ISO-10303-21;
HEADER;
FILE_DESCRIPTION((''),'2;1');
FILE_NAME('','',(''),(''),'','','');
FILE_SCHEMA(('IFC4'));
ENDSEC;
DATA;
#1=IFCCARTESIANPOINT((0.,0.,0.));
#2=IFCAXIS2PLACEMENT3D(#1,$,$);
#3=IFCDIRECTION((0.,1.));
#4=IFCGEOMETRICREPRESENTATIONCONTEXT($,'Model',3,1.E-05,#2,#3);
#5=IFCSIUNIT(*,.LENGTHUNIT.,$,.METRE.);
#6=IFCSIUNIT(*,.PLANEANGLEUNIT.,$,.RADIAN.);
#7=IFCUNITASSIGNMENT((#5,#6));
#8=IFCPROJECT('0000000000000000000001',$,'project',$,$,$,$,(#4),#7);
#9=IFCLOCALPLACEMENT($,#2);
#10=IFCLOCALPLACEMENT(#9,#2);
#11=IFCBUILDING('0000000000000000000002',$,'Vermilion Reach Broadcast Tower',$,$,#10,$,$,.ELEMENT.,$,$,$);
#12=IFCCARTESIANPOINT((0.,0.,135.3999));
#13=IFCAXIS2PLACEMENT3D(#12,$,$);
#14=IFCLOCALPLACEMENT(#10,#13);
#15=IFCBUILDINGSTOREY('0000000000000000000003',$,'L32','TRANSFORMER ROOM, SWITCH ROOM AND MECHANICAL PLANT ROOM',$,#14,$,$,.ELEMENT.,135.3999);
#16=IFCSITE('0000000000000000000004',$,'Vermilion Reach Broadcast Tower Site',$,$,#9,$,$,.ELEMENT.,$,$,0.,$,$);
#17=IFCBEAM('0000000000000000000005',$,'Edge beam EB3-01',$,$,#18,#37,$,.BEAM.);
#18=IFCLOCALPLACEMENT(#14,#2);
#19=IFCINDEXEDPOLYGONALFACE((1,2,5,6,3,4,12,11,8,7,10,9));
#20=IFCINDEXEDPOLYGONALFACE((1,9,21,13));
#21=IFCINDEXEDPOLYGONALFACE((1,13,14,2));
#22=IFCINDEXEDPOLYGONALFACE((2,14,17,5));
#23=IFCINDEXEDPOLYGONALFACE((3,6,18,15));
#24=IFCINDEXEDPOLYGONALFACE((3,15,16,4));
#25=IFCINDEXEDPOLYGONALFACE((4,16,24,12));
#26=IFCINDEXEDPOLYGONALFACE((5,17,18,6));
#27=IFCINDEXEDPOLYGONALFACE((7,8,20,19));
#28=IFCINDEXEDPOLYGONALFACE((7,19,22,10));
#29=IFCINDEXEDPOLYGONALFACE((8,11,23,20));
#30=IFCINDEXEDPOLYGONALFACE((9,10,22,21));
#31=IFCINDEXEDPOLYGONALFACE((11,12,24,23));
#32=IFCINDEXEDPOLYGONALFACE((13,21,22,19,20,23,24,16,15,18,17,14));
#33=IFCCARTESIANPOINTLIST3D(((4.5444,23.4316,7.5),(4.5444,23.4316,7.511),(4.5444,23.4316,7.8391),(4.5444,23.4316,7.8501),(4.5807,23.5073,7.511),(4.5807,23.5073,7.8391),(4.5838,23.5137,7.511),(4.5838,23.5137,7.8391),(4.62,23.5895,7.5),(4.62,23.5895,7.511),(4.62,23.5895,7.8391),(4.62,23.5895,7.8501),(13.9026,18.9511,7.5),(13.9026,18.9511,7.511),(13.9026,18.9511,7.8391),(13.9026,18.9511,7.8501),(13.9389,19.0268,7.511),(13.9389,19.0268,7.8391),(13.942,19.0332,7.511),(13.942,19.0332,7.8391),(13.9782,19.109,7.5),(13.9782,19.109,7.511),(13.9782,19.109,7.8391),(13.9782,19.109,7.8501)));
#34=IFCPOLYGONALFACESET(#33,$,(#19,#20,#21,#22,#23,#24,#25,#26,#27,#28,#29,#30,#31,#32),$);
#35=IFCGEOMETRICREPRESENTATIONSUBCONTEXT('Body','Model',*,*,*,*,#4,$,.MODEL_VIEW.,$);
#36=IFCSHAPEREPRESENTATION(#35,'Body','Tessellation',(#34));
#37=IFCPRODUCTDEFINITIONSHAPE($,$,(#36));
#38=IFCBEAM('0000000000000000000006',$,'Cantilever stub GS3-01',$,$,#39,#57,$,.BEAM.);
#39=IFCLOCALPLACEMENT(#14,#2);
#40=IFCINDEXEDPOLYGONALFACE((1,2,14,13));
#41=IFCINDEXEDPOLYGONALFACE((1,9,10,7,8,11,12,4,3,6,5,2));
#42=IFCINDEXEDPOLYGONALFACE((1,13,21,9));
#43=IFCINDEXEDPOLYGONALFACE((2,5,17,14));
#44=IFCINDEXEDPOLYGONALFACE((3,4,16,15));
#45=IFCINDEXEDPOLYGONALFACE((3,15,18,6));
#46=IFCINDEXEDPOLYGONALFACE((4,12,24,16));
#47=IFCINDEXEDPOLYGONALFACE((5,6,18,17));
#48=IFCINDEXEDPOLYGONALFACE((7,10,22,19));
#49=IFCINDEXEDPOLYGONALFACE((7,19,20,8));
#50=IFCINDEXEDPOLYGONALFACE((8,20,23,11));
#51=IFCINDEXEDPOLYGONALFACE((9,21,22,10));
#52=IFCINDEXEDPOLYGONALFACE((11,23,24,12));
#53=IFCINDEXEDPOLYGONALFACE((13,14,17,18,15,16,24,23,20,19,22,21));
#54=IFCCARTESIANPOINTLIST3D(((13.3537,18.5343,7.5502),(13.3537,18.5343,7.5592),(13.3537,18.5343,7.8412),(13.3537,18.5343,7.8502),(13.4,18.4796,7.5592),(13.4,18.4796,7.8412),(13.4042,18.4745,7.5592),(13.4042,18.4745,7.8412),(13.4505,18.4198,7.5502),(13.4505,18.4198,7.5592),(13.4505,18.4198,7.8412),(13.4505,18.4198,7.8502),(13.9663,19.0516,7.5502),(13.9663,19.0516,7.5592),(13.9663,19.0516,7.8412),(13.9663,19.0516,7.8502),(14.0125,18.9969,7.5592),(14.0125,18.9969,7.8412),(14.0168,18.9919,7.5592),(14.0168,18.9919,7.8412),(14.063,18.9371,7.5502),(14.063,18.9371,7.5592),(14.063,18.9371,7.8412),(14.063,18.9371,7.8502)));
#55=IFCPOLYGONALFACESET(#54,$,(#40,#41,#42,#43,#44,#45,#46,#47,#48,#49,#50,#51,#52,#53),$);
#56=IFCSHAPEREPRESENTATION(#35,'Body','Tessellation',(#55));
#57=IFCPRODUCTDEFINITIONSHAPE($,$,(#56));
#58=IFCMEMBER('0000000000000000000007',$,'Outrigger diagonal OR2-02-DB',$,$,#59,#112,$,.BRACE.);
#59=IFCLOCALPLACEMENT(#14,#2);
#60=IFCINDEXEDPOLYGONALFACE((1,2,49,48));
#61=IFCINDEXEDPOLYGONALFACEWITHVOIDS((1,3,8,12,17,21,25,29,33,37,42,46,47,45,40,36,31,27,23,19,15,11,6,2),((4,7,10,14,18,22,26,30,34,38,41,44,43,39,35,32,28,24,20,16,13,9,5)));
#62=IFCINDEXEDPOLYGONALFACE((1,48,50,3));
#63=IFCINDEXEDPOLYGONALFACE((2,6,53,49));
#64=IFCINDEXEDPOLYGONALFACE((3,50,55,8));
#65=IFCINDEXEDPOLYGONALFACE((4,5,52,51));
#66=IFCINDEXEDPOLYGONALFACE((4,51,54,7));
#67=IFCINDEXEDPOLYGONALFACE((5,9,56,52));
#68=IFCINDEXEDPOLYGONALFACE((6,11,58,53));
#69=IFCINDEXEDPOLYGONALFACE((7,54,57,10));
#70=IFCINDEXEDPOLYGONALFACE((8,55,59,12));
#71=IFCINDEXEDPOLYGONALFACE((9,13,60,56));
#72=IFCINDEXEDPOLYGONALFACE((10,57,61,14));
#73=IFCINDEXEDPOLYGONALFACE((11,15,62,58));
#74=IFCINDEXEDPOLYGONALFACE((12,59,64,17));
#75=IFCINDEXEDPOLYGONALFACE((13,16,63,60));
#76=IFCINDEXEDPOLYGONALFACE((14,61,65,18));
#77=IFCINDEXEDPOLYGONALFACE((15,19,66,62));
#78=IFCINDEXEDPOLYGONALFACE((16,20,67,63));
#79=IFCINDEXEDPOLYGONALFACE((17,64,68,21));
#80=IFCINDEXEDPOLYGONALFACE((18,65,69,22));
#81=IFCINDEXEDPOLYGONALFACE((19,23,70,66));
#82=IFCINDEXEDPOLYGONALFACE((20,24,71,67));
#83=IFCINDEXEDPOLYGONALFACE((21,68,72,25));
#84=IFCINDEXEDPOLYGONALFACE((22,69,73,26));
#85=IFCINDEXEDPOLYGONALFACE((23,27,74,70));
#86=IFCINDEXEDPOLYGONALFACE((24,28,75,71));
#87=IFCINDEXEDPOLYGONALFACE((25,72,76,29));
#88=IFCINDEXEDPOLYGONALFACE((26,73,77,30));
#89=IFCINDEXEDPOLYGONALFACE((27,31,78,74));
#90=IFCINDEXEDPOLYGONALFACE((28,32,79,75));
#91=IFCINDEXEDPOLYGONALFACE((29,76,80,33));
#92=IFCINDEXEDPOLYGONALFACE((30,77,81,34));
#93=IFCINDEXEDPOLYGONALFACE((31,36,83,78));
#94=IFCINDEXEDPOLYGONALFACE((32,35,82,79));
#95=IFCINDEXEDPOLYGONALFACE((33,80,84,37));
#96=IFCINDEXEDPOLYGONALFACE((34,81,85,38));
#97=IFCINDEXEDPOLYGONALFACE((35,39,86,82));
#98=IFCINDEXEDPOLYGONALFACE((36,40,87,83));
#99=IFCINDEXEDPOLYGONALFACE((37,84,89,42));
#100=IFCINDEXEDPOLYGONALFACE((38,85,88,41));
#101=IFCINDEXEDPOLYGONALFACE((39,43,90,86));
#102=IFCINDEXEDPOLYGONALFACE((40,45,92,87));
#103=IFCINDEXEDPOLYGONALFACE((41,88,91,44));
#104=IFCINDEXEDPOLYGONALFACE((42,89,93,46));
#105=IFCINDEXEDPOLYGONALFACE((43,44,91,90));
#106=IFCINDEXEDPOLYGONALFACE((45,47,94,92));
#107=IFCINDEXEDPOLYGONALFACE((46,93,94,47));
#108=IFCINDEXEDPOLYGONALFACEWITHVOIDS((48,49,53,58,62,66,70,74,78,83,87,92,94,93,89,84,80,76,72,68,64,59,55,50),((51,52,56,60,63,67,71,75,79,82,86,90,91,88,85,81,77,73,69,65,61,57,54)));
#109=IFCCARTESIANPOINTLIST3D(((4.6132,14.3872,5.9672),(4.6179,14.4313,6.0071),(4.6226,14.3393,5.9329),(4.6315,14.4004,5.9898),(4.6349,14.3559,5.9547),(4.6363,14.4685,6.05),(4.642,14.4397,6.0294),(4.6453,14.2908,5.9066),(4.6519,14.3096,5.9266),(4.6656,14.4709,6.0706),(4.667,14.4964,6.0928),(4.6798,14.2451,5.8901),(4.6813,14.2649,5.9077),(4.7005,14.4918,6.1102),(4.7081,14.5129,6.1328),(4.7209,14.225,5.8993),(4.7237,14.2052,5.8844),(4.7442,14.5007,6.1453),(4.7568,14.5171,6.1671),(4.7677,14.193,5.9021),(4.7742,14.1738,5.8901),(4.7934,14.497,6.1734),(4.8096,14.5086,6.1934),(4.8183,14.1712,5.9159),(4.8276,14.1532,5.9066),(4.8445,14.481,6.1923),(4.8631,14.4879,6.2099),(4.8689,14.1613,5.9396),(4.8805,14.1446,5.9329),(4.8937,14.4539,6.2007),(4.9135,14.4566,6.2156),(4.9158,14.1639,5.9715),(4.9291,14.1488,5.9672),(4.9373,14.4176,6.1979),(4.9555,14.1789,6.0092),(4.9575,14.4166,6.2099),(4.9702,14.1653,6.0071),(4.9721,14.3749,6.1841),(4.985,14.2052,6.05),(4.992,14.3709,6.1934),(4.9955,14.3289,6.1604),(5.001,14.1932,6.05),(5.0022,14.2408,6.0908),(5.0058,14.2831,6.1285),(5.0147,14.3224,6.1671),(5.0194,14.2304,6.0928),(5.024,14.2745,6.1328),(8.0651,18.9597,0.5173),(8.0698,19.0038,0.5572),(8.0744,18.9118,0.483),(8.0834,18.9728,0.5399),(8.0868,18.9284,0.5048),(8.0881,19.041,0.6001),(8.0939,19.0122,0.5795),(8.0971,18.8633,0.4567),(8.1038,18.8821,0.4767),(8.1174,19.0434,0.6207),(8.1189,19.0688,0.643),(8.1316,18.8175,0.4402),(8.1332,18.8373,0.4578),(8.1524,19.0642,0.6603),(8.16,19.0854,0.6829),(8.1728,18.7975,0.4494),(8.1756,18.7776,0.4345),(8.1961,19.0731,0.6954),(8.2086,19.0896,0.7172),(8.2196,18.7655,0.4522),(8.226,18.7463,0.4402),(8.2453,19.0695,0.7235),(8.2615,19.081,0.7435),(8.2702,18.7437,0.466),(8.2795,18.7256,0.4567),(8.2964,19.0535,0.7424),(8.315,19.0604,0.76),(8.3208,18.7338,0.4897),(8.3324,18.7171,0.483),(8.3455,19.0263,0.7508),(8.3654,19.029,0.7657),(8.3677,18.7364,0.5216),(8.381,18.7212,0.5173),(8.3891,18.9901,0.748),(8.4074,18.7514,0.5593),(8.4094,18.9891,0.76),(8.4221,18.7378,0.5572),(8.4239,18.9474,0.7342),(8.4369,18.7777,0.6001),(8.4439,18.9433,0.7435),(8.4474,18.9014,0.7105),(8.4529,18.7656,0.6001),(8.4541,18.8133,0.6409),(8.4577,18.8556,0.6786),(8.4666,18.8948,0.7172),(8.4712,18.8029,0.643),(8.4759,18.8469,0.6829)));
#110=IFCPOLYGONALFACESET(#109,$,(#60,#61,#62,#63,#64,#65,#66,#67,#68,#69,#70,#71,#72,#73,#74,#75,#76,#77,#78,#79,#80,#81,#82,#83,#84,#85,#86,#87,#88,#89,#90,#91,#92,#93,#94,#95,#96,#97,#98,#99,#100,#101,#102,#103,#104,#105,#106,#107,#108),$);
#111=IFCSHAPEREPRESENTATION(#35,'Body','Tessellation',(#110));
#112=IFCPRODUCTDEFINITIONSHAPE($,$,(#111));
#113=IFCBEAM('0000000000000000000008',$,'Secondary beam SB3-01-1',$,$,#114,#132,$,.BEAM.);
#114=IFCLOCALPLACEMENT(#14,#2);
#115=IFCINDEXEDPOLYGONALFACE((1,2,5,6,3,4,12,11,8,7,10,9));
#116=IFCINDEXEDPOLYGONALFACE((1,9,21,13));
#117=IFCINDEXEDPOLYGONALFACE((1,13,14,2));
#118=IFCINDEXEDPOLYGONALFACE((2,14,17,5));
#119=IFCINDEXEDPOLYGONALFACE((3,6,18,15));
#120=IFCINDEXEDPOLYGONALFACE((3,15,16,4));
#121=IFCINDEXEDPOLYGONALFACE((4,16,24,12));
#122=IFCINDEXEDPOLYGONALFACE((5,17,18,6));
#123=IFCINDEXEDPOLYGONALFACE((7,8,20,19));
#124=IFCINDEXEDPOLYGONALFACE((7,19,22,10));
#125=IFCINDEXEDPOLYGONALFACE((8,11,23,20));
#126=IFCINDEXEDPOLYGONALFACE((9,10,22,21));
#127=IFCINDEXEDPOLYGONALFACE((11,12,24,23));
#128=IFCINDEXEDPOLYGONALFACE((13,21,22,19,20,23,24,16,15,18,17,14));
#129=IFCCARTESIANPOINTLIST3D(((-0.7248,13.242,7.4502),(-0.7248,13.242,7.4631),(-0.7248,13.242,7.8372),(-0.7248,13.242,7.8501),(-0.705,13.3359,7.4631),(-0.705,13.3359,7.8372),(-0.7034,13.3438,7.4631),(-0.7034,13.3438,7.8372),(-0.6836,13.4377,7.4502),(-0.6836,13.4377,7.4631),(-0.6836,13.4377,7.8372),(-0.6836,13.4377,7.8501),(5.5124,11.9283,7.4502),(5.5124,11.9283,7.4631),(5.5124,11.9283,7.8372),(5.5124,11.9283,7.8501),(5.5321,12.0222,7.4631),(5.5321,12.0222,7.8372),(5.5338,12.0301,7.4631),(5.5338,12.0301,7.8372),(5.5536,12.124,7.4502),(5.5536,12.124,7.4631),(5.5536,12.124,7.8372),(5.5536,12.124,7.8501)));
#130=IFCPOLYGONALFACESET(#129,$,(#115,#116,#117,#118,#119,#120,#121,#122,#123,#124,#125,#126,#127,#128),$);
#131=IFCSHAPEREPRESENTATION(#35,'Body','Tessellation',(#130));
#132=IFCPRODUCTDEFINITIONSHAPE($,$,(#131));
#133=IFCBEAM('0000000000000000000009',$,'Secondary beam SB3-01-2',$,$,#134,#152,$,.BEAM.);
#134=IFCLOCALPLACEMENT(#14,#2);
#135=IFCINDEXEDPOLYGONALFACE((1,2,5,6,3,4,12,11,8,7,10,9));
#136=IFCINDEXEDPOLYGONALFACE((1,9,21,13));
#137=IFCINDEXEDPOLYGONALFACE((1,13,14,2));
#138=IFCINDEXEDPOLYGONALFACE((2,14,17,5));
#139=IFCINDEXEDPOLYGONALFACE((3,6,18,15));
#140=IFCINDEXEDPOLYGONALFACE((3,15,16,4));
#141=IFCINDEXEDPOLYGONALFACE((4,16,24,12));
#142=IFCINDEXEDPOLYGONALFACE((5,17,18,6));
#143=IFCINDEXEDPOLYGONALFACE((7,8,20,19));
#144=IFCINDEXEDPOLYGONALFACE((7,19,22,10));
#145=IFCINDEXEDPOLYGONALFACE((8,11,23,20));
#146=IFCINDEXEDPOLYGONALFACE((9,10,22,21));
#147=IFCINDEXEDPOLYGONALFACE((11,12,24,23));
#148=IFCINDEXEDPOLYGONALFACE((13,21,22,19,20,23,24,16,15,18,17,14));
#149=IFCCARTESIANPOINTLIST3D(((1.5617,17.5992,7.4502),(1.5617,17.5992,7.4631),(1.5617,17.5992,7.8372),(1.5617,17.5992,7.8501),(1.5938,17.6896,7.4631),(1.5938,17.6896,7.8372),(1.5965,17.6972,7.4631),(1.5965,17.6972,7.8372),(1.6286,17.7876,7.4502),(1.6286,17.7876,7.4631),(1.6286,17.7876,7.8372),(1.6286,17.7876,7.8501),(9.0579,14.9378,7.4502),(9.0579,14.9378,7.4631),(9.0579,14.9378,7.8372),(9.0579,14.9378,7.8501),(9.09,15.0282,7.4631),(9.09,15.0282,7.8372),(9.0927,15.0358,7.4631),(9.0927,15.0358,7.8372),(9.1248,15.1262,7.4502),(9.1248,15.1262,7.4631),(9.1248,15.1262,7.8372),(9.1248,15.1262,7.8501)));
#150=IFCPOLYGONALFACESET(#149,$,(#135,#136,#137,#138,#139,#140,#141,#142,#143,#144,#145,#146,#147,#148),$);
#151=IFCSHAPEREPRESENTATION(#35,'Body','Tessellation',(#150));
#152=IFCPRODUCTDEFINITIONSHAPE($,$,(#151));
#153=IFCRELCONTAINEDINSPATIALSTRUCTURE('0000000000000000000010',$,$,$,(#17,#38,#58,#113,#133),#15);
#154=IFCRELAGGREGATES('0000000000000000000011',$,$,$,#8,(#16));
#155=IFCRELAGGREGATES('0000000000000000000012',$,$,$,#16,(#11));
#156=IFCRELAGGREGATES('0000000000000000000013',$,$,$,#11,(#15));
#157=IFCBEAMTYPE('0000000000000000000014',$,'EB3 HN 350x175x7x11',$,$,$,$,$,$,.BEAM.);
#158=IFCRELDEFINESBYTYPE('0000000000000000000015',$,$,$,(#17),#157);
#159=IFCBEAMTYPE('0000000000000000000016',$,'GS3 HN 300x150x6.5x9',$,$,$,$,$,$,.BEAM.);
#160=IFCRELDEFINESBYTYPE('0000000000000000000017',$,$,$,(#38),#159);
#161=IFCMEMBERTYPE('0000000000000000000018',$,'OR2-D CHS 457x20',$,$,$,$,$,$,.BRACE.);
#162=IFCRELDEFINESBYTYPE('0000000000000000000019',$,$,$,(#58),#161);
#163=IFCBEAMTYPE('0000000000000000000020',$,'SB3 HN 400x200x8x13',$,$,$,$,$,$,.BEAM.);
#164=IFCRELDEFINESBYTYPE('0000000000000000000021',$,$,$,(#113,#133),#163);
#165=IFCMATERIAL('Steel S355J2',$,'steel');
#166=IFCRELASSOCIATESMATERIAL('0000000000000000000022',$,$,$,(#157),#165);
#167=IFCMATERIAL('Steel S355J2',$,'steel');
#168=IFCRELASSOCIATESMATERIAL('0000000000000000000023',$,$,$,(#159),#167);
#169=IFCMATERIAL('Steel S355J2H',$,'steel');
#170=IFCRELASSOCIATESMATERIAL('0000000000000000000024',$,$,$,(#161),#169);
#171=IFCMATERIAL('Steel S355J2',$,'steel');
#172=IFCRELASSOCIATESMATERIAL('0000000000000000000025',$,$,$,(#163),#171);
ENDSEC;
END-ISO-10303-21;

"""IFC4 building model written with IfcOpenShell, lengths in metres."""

from ifc_helpers import new_model, si_unit, direction, frame, origin, origin_2d, place, context, subcontext, project, spatial, hollow_circle, i_section, extrude, material, material_profile, profile_set, type_object, element, save


model = new_model("IFC4")

# Units and contexts
model_context = context("Model", 3, precision=1e-05, world=origin(), true_north=direction((0.0, 1.0)))
body_context = subcontext(model_context, "Body", "Model", "MODEL_VIEW")
ifc_project = project(units=[si_unit("LENGTHUNIT", "METRE"), si_unit("PLANEANGLEUNIT", "RADIAN")], contexts=[model_context])

# Site, building, storey
site_placement = place(None, origin())
site = spatial("IfcSite", under=ifc_project, at=site_placement, Name="Vermilion Reach Broadcast Tower Site", CompositionType="ELEMENT", RefElevation=0.0)
building_placement = place(site_placement, origin())
building = spatial("IfcBuilding", under=site, at=building_placement, Name="Vermilion Reach Broadcast Tower", CompositionType="ELEMENT")
storey_placement = place(building_placement, frame((0.0, 0.0, 135.3999)))
storey = spatial("IfcBuildingStorey", under=building, at=storey_placement, Name="L32", Description="TRANSFORMER ROOM, SWITCH ROOM AND MECHANICAL PLANT ROOM", CompositionType="ELEMENT", Elevation=135.3999)

# Beams
ifc_material_1 = material(Name="Steel S355J2", Category="steel")
ifc_material_profile_1 = material_profile(ifc_material_1, i_section(OverallWidth=0.175, OverallDepth=0.3501, WebThickness=0.0071, FlangeThickness=0.011, at=origin_2d()), Name="S355J2 HN 350x175x7x11")
ifc_profile_set_1 = profile_set([ifc_material_profile_1], Name="Steel S355J2")
beam_type_1 = type_object("IfcBeamType", Name="EB3 HN 350x175x7x11", PredefinedType="BEAM", material=ifc_profile_set_1)
beam_1_placement = place(storey_placement, frame((13.9404, 19.03, 7.675), z_axis=(-0.901953, 0.431834, 0.0), x_axis=(-0.431834, -0.901953, 0.0)))
element("IfcBeam", 1, at=beam_1_placement, inside=storey, type_object=beam_type_1, Name="Edge beam EB3-01", PredefinedType="BEAM", context=body_context, shape_type="SweptSolid", body=[
    extrude(i_section(OverallWidth=0.175, OverallDepth=0.3501, WebThickness=0.0071, FlangeThickness=0.011, at=origin_2d()), origin(), (0.0, 0.0, 1.0), 10.3755),
])
ifc_material_2 = material(Name="Steel S355J2", Category="steel")
ifc_material_profile_2 = material_profile(ifc_material_2, i_section(OverallWidth=0.1499, OverallDepth=0.3, WebThickness=0.0066, FlangeThickness=0.009, at=origin_2d()), Name="S355J2 HN 300x150x6.5x9")
ifc_profile_set_2 = profile_set([ifc_material_profile_2], Name="Steel S355J2")
beam_type_2 = type_object("IfcBeamType", Name="GS3 HN 300x150x6.5x9", PredefinedType="BEAM", material=ifc_profile_set_2)
beam_2_placement = place(storey_placement, frame((13.4021, 18.4771, 7.7002), z_axis=(0.763987, 0.645232, 0.0), x_axis=(-0.645232, 0.763987, 0.0)))
element("IfcBeam", 2, at=beam_2_placement, inside=storey, type_object=beam_type_2, Name="Cantilever stub GS3-01", PredefinedType="BEAM", context=body_context, shape_type="SweptSolid", body=[
    extrude(i_section(OverallWidth=0.1499, OverallDepth=0.3, WebThickness=0.0066, FlangeThickness=0.009, at=origin_2d()), origin(), (0.0, 0.0, 1.0), 0.8018),
])

# Member
ifc_material_3 = material(Name="Steel S355J2H", Category="steel")
ifc_material_profile_3 = material_profile(ifc_material_3, hollow_circle(Radius=0.2285, WallThickness=0.02, at=origin_2d()), Name="S355J2H CHS 457x20")
ifc_profile_set_3 = profile_set([ifc_material_profile_3], Name="Steel S355J2H")
member_type_1 = type_object("IfcMemberType", Name="OR2-D CHS 457x20", PredefinedType="BRACE", material=ifc_profile_set_3)
member_1_placement = place(storey_placement, frame((8.2705, 18.9033, 0.6001), z_axis=(-0.436546, -0.578264, 0.68923), x_axis=(0.798109, -0.602513, 0.0)))
element("IfcMember", 3, at=member_1_placement, inside=storey, type_object=member_type_1, Name="Outrigger diagonal OR2-02-DB", PredefinedType="BRACE", context=body_context, shape_type="SweptSolid", body=[
    extrude(hollow_circle(Radius=0.2285, WallThickness=0.02, at=origin_2d()), origin(), (0.0, 0.0, 1.0), 7.9072),
])

# Beams
ifc_material_4 = material(Name="Steel S355J2", Category="steel")
ifc_material_profile_4 = material_profile(ifc_material_4, i_section(OverallWidth=0.2, OverallDepth=0.3999, WebThickness=0.0081, FlangeThickness=0.0129, at=origin_2d()), Name="S355J2 HN 400x200x8x13")
ifc_profile_set_4 = profile_set([ifc_material_profile_4], Name="Steel S355J2")
beam_type_3 = type_object("IfcBeamType", Name="SB3 HN 400x200x8x13", PredefinedType="BEAM", material=ifc_profile_set_4)
beam_3_placement = place(storey_placement, frame((5.533, 12.0261, 7.6501), z_axis=(-0.978529, 0.206109, 0.0), x_axis=(-0.206109, -0.978529, 0.0)))
element("IfcBeam", 4, at=beam_3_placement, inside=storey, type_object=beam_type_3, Name="Secondary beam SB3-01-1", PredefinedType="BEAM", context=body_context, shape_type="SweptSolid", body=[
    extrude(i_section(OverallWidth=0.2, OverallDepth=0.3999, WebThickness=0.0081, FlangeThickness=0.0129, at=origin_2d()), origin(), (0.0, 0.0, 1.0), 6.374),
])
beam_4_placement = place(storey_placement, frame((9.0913, 15.032, 7.6501), z_axis=(-0.942369, 0.334574, 0.0), x_axis=(-0.334574, -0.942369, 0.0)))
element("IfcBeam", 5, at=beam_4_placement, inside=storey, type_object=beam_type_3, Name="Secondary beam SB3-01-2", PredefinedType="BEAM", context=body_context, shape_type="SweptSolid", body=[
    extrude(i_section(OverallWidth=0.2, OverallDepth=0.3999, WebThickness=0.0081, FlangeThickness=0.0129, at=origin_2d()), origin(), (0.0, 0.0, 1.0), 7.9546),
])

save(model, "model.ifc")
